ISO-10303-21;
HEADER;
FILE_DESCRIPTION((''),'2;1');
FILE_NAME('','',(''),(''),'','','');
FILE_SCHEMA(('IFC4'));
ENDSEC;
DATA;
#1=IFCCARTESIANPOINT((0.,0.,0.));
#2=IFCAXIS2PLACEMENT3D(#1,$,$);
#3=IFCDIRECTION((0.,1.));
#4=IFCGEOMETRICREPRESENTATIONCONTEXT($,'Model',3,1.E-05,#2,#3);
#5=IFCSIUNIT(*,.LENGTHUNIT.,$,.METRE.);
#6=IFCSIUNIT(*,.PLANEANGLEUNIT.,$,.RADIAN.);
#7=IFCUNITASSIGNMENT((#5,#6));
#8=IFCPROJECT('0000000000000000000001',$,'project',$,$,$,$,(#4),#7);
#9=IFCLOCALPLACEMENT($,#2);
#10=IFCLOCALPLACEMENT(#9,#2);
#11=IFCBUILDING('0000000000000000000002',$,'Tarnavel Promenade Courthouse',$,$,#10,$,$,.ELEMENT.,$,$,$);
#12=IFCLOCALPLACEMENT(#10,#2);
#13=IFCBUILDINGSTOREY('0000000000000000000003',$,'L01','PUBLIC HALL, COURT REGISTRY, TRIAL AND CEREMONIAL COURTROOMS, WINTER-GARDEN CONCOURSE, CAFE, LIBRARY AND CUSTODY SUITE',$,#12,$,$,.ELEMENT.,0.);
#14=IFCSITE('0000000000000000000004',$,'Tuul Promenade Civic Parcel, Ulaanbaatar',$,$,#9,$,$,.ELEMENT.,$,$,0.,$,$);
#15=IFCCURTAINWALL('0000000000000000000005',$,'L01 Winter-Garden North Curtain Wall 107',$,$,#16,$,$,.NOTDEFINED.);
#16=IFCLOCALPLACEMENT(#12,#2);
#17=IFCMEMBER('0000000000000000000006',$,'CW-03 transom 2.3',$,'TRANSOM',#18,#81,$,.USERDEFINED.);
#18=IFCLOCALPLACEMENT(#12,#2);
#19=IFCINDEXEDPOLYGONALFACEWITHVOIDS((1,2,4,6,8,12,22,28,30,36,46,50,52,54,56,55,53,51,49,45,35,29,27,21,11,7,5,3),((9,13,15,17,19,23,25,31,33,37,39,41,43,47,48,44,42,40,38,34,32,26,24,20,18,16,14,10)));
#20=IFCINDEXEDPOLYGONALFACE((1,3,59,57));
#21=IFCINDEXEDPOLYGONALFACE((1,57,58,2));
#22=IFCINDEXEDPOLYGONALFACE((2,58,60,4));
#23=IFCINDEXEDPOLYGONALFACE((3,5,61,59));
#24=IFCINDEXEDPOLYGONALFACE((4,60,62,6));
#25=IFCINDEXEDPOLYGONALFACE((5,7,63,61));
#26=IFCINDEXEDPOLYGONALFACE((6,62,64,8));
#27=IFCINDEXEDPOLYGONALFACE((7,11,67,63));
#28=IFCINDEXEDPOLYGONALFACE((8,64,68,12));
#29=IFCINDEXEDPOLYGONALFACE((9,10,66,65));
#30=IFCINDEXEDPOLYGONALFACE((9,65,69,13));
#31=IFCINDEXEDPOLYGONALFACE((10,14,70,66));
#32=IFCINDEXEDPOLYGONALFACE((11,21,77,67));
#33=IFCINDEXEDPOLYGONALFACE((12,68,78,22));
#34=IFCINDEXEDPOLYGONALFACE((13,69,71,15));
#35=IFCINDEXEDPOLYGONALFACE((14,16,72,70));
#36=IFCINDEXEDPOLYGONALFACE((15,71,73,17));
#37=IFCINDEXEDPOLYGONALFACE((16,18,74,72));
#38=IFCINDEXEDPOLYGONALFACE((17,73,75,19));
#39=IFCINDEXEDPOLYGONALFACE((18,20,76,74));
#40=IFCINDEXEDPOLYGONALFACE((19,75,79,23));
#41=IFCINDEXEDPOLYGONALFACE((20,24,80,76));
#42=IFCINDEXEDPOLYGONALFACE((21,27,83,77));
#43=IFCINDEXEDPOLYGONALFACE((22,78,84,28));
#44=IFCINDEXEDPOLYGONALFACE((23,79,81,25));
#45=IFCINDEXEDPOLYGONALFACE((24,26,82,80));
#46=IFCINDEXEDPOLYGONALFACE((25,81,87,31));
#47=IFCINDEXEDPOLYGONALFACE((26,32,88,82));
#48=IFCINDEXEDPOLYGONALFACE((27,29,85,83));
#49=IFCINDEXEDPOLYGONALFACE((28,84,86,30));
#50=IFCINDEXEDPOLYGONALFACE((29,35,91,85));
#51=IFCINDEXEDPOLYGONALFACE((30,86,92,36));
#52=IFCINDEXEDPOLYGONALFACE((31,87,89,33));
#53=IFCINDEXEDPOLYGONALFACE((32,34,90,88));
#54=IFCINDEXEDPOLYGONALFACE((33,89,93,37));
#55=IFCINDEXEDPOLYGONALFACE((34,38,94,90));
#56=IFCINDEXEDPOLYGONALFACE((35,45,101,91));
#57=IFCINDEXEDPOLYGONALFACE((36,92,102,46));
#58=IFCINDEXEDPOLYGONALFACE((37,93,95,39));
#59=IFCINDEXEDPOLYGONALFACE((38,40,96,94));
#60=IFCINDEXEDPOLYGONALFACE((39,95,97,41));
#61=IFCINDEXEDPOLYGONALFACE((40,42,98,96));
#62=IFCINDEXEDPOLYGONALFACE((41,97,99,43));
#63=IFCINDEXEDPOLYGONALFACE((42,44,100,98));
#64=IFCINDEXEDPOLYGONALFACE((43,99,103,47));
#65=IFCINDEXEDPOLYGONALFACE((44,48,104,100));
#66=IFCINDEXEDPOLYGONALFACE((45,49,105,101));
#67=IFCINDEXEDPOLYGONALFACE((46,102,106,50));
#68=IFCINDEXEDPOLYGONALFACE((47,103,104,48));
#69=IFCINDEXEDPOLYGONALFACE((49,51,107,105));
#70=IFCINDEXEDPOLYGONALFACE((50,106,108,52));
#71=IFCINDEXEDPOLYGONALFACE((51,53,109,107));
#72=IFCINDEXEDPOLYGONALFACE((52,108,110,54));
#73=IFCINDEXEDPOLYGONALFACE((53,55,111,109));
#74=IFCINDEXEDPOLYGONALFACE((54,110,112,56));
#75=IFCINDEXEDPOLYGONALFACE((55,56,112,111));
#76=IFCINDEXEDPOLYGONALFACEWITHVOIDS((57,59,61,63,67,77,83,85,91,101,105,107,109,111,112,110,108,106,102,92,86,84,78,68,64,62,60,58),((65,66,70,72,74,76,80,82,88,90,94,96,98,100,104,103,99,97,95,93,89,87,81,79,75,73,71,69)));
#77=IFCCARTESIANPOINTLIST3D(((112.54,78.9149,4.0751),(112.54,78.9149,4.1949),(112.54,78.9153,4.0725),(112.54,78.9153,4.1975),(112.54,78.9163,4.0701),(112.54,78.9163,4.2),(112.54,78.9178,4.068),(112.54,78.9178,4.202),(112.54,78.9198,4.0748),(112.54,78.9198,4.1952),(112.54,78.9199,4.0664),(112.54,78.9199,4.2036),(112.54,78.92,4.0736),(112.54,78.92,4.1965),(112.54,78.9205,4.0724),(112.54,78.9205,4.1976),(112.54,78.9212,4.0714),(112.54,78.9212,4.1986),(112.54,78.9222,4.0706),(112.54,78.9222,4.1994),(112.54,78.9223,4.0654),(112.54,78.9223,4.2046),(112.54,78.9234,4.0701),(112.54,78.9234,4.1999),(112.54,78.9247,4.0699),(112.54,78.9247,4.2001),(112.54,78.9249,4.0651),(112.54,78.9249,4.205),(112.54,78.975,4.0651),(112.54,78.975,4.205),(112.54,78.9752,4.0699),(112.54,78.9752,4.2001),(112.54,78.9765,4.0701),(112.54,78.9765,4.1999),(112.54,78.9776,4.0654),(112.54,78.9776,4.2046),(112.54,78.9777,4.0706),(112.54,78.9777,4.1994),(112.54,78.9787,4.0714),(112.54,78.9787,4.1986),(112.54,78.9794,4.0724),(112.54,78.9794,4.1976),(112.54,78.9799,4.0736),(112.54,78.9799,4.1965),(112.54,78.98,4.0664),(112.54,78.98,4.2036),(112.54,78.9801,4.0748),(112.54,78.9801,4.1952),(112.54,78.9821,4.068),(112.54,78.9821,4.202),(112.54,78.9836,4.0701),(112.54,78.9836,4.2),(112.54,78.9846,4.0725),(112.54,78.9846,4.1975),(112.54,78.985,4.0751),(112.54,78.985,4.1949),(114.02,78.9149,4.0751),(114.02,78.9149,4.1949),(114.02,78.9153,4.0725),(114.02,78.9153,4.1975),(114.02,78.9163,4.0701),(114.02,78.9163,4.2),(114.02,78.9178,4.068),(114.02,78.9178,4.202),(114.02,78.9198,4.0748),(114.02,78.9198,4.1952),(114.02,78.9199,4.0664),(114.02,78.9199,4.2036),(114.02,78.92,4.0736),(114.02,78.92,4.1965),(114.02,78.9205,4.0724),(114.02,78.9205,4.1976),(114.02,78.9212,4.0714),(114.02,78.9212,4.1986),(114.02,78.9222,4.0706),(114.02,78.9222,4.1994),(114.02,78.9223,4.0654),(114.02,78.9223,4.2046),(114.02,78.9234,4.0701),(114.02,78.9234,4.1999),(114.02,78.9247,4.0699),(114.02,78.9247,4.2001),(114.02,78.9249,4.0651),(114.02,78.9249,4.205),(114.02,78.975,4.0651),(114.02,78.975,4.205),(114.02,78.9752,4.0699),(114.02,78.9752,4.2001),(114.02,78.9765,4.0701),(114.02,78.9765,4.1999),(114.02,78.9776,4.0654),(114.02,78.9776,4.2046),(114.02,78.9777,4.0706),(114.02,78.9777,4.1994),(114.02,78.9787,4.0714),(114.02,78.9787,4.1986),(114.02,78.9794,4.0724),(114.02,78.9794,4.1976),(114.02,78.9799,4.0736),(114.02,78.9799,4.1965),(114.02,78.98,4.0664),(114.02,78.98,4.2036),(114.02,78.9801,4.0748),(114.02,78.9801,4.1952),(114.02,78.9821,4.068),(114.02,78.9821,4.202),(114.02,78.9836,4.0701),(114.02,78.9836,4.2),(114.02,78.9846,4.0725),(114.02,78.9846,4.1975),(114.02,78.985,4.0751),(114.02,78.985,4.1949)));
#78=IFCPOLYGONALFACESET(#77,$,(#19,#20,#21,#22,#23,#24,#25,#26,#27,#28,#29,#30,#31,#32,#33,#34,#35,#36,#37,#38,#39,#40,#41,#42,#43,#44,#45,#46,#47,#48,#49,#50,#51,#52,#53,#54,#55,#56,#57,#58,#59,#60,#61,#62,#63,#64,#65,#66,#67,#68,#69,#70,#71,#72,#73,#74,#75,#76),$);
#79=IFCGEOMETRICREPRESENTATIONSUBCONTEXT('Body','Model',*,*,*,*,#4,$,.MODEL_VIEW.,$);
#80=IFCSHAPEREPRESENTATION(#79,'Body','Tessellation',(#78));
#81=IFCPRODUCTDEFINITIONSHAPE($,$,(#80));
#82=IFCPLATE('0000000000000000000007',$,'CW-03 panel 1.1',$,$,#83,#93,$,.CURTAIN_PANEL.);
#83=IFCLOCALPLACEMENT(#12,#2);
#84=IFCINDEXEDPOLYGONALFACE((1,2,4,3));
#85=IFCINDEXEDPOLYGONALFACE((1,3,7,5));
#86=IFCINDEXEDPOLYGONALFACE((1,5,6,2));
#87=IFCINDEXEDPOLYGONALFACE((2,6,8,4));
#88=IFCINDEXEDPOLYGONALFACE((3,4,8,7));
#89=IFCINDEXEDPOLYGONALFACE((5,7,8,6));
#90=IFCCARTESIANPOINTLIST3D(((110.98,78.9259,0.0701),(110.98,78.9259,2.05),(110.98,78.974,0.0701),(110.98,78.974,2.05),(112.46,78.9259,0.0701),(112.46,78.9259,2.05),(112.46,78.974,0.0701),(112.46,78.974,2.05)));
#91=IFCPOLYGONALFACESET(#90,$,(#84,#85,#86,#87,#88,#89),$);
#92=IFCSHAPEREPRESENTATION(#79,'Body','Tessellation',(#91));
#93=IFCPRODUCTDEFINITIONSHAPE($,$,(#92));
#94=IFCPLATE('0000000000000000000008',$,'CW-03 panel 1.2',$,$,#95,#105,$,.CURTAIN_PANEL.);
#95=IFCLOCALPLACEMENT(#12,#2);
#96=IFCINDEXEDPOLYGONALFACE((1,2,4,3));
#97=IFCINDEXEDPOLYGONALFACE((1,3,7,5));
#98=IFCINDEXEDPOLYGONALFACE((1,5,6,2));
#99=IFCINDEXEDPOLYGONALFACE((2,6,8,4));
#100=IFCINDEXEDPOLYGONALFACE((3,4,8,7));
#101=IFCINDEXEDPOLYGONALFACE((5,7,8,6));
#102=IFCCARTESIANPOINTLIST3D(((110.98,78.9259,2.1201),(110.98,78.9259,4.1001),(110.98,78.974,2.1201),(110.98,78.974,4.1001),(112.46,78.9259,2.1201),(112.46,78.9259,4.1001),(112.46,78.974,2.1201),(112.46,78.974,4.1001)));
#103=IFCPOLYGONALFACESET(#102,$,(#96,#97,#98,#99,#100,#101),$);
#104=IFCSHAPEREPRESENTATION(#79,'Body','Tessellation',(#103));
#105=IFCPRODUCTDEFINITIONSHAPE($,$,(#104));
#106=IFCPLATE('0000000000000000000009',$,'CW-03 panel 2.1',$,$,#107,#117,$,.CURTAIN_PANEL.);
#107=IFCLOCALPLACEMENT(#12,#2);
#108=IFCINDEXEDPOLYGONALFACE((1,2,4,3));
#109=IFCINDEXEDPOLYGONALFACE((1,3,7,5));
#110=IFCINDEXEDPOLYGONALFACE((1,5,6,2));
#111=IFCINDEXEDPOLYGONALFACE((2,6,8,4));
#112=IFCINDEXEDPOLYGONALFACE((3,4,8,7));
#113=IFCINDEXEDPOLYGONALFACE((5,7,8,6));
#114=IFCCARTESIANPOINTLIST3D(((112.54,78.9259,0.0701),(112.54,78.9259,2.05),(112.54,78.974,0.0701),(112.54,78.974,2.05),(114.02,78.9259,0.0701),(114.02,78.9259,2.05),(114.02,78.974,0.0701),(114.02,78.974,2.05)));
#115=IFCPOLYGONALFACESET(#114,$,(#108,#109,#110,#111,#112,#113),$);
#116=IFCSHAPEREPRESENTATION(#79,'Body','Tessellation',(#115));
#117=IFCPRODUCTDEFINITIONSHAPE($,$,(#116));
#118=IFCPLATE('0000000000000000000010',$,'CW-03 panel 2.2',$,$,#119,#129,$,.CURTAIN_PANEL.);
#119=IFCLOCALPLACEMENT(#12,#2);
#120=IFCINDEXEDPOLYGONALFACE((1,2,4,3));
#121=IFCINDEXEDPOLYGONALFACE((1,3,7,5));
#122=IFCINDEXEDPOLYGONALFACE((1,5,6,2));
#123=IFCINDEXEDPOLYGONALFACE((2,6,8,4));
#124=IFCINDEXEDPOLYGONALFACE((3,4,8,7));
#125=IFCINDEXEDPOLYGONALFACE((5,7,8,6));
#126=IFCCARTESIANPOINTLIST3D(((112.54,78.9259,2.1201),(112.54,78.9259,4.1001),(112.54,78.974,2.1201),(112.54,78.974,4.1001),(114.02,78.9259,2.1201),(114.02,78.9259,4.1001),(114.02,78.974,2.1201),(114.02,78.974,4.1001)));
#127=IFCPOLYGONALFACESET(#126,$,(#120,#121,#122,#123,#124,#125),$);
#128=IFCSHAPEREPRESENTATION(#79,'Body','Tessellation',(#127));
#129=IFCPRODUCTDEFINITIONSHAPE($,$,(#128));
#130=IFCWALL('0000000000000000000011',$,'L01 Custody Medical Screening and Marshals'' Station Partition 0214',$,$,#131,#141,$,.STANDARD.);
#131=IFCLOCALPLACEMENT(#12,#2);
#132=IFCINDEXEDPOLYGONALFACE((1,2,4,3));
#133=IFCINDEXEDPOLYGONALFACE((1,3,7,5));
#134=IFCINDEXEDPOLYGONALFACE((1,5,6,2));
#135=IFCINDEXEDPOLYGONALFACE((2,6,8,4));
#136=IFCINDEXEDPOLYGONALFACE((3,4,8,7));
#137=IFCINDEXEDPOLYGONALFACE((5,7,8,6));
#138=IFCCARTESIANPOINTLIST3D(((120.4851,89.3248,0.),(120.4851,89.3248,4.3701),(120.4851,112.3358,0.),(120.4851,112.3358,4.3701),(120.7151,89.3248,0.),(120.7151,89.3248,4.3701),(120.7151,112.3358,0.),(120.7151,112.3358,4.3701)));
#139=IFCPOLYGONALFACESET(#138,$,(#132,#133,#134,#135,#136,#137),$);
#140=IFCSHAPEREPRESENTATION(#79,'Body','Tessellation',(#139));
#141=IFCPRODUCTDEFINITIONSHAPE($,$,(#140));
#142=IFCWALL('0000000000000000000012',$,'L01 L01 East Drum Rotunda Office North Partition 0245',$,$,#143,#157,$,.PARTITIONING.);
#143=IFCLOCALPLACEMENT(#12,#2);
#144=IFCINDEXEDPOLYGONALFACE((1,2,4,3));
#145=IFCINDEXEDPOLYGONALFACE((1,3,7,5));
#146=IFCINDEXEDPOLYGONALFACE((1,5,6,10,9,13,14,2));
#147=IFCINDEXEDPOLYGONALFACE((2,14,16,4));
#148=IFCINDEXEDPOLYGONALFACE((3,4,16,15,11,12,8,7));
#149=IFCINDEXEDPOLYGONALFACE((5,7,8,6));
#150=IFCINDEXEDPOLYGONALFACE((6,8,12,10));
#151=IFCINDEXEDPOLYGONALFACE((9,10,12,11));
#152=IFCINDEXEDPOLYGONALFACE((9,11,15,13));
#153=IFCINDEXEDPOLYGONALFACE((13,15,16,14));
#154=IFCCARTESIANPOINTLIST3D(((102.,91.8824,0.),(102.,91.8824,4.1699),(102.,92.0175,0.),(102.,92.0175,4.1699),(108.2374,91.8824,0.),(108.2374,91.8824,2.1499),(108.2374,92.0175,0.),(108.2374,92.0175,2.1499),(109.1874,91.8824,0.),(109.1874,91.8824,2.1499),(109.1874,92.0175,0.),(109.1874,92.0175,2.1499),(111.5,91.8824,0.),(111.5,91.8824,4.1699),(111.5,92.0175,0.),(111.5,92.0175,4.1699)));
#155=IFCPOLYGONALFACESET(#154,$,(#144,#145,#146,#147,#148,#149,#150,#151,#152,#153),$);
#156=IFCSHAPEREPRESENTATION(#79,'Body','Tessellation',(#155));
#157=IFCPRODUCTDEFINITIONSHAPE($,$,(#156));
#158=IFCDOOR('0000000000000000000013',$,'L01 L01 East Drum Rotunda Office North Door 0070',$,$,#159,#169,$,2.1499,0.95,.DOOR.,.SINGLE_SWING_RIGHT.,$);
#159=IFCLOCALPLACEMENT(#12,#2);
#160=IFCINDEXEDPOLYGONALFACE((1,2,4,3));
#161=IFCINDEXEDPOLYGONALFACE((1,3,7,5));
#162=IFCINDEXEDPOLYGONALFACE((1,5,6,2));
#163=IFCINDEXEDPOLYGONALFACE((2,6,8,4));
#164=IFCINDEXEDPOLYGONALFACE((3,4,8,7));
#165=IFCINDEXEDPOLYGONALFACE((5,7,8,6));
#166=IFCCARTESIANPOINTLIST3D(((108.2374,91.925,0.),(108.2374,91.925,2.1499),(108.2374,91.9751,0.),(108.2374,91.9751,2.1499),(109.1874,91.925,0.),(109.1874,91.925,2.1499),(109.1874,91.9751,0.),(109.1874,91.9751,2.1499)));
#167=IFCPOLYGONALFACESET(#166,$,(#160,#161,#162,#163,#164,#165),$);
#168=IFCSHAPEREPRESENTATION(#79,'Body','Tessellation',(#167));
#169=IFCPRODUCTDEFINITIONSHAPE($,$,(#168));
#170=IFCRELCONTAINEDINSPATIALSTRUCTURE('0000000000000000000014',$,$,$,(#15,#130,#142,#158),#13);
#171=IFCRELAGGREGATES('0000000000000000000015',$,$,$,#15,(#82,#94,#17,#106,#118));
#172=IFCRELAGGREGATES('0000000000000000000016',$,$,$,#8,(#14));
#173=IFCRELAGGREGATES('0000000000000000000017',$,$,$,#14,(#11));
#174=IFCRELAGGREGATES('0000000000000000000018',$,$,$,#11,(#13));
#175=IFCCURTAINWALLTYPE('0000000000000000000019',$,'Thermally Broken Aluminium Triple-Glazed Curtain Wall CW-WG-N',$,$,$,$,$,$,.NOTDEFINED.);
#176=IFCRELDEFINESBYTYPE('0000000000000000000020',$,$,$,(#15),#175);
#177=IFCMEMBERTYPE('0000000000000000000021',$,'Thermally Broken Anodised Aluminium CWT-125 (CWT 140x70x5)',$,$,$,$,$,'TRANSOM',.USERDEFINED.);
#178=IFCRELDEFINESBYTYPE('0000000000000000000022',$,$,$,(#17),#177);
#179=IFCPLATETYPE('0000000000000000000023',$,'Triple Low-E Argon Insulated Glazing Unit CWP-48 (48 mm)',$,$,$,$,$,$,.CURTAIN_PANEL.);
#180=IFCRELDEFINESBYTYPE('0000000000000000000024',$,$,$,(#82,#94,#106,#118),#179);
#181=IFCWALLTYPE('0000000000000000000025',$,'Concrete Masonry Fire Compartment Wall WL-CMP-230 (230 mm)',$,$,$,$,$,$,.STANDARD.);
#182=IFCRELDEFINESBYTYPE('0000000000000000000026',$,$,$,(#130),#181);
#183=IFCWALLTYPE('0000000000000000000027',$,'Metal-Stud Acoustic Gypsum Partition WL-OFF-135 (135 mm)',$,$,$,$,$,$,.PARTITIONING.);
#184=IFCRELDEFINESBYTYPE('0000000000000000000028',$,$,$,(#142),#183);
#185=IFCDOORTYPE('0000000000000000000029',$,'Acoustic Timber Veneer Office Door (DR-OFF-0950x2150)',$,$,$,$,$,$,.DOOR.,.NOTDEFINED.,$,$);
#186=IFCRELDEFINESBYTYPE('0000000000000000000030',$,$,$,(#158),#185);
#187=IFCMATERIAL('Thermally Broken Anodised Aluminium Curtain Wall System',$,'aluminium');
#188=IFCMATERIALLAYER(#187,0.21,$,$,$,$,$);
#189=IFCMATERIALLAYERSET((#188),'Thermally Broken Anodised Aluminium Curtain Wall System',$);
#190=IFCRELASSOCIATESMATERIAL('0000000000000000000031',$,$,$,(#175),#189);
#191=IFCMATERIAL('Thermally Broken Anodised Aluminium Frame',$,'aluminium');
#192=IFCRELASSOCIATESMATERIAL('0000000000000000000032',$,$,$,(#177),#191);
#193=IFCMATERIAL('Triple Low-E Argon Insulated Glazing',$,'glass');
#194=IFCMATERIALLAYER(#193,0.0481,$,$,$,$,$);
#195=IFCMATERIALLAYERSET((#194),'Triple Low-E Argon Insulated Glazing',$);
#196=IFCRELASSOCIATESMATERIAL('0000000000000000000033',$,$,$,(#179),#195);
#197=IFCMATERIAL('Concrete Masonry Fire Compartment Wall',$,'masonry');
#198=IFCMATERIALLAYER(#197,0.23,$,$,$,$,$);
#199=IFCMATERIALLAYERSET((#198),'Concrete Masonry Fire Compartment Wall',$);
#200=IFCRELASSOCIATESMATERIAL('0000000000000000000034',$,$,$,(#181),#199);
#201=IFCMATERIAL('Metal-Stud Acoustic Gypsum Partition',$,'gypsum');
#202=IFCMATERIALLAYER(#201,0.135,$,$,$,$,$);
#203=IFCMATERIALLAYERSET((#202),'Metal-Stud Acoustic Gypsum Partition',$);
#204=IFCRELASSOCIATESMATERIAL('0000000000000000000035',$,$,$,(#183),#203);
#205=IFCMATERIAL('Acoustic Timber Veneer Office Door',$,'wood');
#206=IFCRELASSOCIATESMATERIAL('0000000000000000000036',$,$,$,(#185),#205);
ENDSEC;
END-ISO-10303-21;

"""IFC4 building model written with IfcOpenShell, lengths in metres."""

from ifc_helpers import new_model, si_unit, direction, frame, frame_2d, origin, origin_2d, place, context, subcontext, project, spatial, rectangle, hollow_rectangle, extrude, material, layer, layer_set, material_profile, profile_set, type_object, element, fill, aggregate, save


model = new_model("IFC4")

# Units and contexts
model_context = context("Model", 3, precision=1e-05, world=origin(), true_north=direction((0.0, 1.0)))
body_context = subcontext(model_context, "Body", "Model", "MODEL_VIEW")
ifc_project = project(units=[si_unit("LENGTHUNIT", "METRE"), si_unit("PLANEANGLEUNIT", "RADIAN")], contexts=[model_context])

# Site, building, storey
site_placement = place(None, origin())
site = spatial("IfcSite", under=ifc_project, at=site_placement, Name="Tuul Promenade Civic Parcel, Ulaanbaatar", CompositionType="ELEMENT", RefElevation=0.0)
building_placement = place(site_placement, origin())
building = spatial("IfcBuilding", under=site, at=building_placement, Name="Tarnavel Promenade Courthouse", CompositionType="ELEMENT")
storey_placement = place(building_placement, origin())
storey = spatial("IfcBuildingStorey", under=building, at=storey_placement, Name="L01", Description="PUBLIC HALL, COURT REGISTRY, TRIAL AND CEREMONIAL COURTROOMS, WINTER-GARDEN CONCOURSE, CAFE, LIBRARY AND CUSTODY SUITE", CompositionType="ELEMENT", Elevation=0.0)

# Curtain wall, member, plates
ifc_material_1 = material(Name="Thermally Broken Anodised Aluminium Curtain Wall System", Category="aluminium")
ifc_layer_1 = layer(ifc_material_1, 0.21)
ifc_layer_set_1 = layer_set([ifc_layer_1], Name="Thermally Broken Anodised Aluminium Curtain Wall System")
curtain_wall_type = type_object("IfcCurtainWallType", Name="Thermally Broken Aluminium Triple-Glazed Curtain Wall CW-WG-N", PredefinedType="NOTDEFINED", material=ifc_layer_set_1)
curtain_wall_placement = place(storey_placement, origin())
curtain_wall = element("IfcCurtainWall", 1, at=curtain_wall_placement, inside=storey, type_object=curtain_wall_type, Name="L01 Winter-Garden North Curtain Wall 107", PredefinedType="NOTDEFINED")
ifc_material_2 = material(Name="Thermally Broken Anodised Aluminium Frame", Category="aluminium")
ifc_material_profile_1 = material_profile(ifc_material_2, hollow_rectangle(XDim=0.0701, YDim=0.1399, WallThickness=0.0049, InnerFilletRadius=0.0049, OuterFilletRadius=0.01, at=origin_2d()), Name="CWT 140x70x5")
ifc_profile_set_1 = profile_set([ifc_material_profile_1], Name="Thermally Broken Anodised Aluminium Frame")
member_type_1 = type_object("IfcMemberType", Name="Thermally Broken Anodised Aluminium CWT-125 (CWT 140x70x5)", ElementType="TRANSOM", PredefinedType="USERDEFINED", material=ifc_profile_set_1)
member_1_placement = place(storey_placement, frame((112.54, 78.95, 4.135), z_axis=(1.0, 0.0, 0.0), x_axis=(0.0, 1.0, 0.0)))
member_1 = element("IfcMember", 2, at=member_1_placement, type_object=member_type_1, Name="CW-03 transom 2.3", ObjectType="TRANSOM", PredefinedType="USERDEFINED", context=body_context, shape_type="SweptSolid", body=[
    extrude(hollow_rectangle(XDim=0.0701, YDim=0.1399, WallThickness=0.0049, InnerFilletRadius=0.0049, OuterFilletRadius=0.01, at=origin_2d()), origin(), (0.0, 0.0, 1.0), 1.48),
])
ifc_material_3 = material(Name="Triple Low-E Argon Insulated Glazing", Category="glass")
ifc_layer_2 = layer(ifc_material_3, 0.0481)
ifc_layer_set_2 = layer_set([ifc_layer_2], Name="Triple Low-E Argon Insulated Glazing")
plate_type = type_object("IfcPlateType", Name="Triple Low-E Argon Insulated Glazing Unit CWP-48 (48 mm)", PredefinedType="CURTAIN_PANEL", material=ifc_layer_set_2)
plate_1_placement = place(storey_placement, frame((111.72, 78.95, 0.0701), z_axis=(0.0, 0.0, 1.0), x_axis=(1.0, 0.0, 0.0)))
plate_1 = element("IfcPlate", 3, at=plate_1_placement, type_object=plate_type, Name="CW-03 panel 1.1", PredefinedType="CURTAIN_PANEL", context=body_context, shape_type="SweptSolid", body=[
    extrude(rectangle(XDim=1.48, YDim=0.0481, at=origin_2d()), origin(), (0.0, 0.0, 1.0), 1.98),
])
plate_2_placement = place(storey_placement, frame((111.72, 78.95, 2.1201), z_axis=(0.0, 0.0, 1.0), x_axis=(1.0, 0.0, 0.0)))
plate_2 = element("IfcPlate", 4, at=plate_2_placement, type_object=plate_type, Name="CW-03 panel 1.2", PredefinedType="CURTAIN_PANEL", context=body_context, shape_type="SweptSolid", body=[
    extrude(rectangle(XDim=1.48, YDim=0.0481, at=origin_2d()), origin(), (0.0, 0.0, 1.0), 1.98),
])
plate_3_placement = place(storey_placement, frame((113.28, 78.95, 0.0701), z_axis=(0.0, 0.0, 1.0), x_axis=(1.0, 0.0, 0.0)))
plate_3 = element("IfcPlate", 5, at=plate_3_placement, type_object=plate_type, Name="CW-03 panel 2.1", PredefinedType="CURTAIN_PANEL", context=body_context, shape_type="SweptSolid", body=[
    extrude(rectangle(XDim=1.48, YDim=0.0481, at=origin_2d()), origin(), (0.0, 0.0, 1.0), 1.98),
])
plate_4_placement = place(storey_placement, frame((113.28, 78.95, 2.1201), z_axis=(0.0, 0.0, 1.0), x_axis=(1.0, 0.0, 0.0)))
plate_4 = element("IfcPlate", 6, at=plate_4_placement, type_object=plate_type, Name="CW-03 panel 2.2", PredefinedType="CURTAIN_PANEL", context=body_context, shape_type="SweptSolid", body=[
    extrude(rectangle(XDim=1.48, YDim=0.0481, at=origin_2d()), origin(), (0.0, 0.0, 1.0), 1.98),
])
aggregate(curtain_wall, [plate_1, plate_2, member_1, plate_3, plate_4])

# Wall
ifc_material_4 = material(Name="Concrete Masonry Fire Compartment Wall", Category="masonry")
ifc_layer_3 = layer(ifc_material_4, 0.23)
ifc_layer_set_3 = layer_set([ifc_layer_3], Name="Concrete Masonry Fire Compartment Wall")
wall_type_1 = type_object("IfcWallType", Name="Concrete Masonry Fire Compartment Wall WL-CMP-230 (230 mm)", PredefinedType="STANDARD", material=ifc_layer_set_3)
wall_1_placement = place(storey_placement, frame((120.6001, 89.325, 0.0), z_axis=(0.0, 0.0, 1.0), x_axis=(0.0, 1.0, 0.0)))
element("IfcWall", 7, at=wall_1_placement, inside=storey, type_object=wall_type_1, Name="L01 Custody Medical Screening and Marshals' Station Partition 0214", PredefinedType="STANDARD", context=body_context, shape_type="SweptSolid", body=[
    extrude(rectangle(XDim=23.011, YDim=0.23, at=frame_2d((11.5054, 0.0))), origin(), (0.0, 0.0, 1.0), 4.3701),
])

# Wall, opening, door
ifc_material_5 = material(Name="Metal-Stud Acoustic Gypsum Partition", Category="gypsum")
ifc_layer_4 = layer(ifc_material_5, 0.135)
ifc_layer_set_4 = layer_set([ifc_layer_4], Name="Metal-Stud Acoustic Gypsum Partition")
wall_type_2 = type_object("IfcWallType", Name="Metal-Stud Acoustic Gypsum Partition WL-OFF-135 (135 mm)", PredefinedType="PARTITIONING", material=ifc_layer_set_4)
wall_2_placement = place(storey_placement, frame((111.5, 91.95, 0.0), z_axis=(0.0, 0.0, 1.0), x_axis=(-1.0, 0.0, 0.0)))
wall_2 = element("IfcWall", 8, at=wall_2_placement, inside=storey, type_object=wall_type_2, Name="L01 L01 East Drum Rotunda Office North Partition 0245", PredefinedType="PARTITIONING", context=body_context, shape_type="SweptSolid", body=[
    extrude(rectangle(XDim=9.5, YDim=0.135, at=frame_2d((4.75, 0.0))), origin(), (0.0, 0.0, 1.0), 4.1699),
])
opening_placement = place(wall_2_placement, frame((2.3125, 0.0, 0.0)))
opening = element("IfcOpeningElement", 9, at=opening_placement, cuts=wall_2, PredefinedType="OPENING", context=body_context, shape_type="SweptSolid", body=[
    extrude(rectangle(XDim=0.95, YDim=2.1499, at=frame_2d((0.4751, 1.075))), frame((0.0, 0.0774, 0.0), z_axis=(0.0, -1.0, 0.0), x_axis=(1.0, 0.0, 0.0)), (0.0, 0.0, 1.0), 0.155),
])
ifc_material_6 = material(Name="Acoustic Timber Veneer Office Door", Category="wood")
door_type = type_object("IfcDoorType", Name="Acoustic Timber Veneer Office Door (DR-OFF-0950x2150)", OperationType="NOTDEFINED", PredefinedType="DOOR", material=ifc_material_6)
door_placement = place(opening_placement, origin())
door = element("IfcDoor", 10, at=door_placement, inside=storey, type_object=door_type, Name="L01 L01 East Drum Rotunda Office North Door 0070", OperationType="SINGLE_SWING_RIGHT", OverallHeight=2.1499, OverallWidth=0.95, PredefinedType="DOOR", context=body_context, shape_type="SweptSolid", body=[
    extrude(rectangle(XDim=0.95, YDim=2.1499, at=frame_2d((0.4751, 1.075))), frame((0.0, 0.0249, 0.0), z_axis=(0.0, -1.0, 0.0), x_axis=(1.0, 0.0, 0.0)), (0.0, 0.0, 1.0), 0.05),
])
fill(opening, door)

save(model, "model.ifc")
